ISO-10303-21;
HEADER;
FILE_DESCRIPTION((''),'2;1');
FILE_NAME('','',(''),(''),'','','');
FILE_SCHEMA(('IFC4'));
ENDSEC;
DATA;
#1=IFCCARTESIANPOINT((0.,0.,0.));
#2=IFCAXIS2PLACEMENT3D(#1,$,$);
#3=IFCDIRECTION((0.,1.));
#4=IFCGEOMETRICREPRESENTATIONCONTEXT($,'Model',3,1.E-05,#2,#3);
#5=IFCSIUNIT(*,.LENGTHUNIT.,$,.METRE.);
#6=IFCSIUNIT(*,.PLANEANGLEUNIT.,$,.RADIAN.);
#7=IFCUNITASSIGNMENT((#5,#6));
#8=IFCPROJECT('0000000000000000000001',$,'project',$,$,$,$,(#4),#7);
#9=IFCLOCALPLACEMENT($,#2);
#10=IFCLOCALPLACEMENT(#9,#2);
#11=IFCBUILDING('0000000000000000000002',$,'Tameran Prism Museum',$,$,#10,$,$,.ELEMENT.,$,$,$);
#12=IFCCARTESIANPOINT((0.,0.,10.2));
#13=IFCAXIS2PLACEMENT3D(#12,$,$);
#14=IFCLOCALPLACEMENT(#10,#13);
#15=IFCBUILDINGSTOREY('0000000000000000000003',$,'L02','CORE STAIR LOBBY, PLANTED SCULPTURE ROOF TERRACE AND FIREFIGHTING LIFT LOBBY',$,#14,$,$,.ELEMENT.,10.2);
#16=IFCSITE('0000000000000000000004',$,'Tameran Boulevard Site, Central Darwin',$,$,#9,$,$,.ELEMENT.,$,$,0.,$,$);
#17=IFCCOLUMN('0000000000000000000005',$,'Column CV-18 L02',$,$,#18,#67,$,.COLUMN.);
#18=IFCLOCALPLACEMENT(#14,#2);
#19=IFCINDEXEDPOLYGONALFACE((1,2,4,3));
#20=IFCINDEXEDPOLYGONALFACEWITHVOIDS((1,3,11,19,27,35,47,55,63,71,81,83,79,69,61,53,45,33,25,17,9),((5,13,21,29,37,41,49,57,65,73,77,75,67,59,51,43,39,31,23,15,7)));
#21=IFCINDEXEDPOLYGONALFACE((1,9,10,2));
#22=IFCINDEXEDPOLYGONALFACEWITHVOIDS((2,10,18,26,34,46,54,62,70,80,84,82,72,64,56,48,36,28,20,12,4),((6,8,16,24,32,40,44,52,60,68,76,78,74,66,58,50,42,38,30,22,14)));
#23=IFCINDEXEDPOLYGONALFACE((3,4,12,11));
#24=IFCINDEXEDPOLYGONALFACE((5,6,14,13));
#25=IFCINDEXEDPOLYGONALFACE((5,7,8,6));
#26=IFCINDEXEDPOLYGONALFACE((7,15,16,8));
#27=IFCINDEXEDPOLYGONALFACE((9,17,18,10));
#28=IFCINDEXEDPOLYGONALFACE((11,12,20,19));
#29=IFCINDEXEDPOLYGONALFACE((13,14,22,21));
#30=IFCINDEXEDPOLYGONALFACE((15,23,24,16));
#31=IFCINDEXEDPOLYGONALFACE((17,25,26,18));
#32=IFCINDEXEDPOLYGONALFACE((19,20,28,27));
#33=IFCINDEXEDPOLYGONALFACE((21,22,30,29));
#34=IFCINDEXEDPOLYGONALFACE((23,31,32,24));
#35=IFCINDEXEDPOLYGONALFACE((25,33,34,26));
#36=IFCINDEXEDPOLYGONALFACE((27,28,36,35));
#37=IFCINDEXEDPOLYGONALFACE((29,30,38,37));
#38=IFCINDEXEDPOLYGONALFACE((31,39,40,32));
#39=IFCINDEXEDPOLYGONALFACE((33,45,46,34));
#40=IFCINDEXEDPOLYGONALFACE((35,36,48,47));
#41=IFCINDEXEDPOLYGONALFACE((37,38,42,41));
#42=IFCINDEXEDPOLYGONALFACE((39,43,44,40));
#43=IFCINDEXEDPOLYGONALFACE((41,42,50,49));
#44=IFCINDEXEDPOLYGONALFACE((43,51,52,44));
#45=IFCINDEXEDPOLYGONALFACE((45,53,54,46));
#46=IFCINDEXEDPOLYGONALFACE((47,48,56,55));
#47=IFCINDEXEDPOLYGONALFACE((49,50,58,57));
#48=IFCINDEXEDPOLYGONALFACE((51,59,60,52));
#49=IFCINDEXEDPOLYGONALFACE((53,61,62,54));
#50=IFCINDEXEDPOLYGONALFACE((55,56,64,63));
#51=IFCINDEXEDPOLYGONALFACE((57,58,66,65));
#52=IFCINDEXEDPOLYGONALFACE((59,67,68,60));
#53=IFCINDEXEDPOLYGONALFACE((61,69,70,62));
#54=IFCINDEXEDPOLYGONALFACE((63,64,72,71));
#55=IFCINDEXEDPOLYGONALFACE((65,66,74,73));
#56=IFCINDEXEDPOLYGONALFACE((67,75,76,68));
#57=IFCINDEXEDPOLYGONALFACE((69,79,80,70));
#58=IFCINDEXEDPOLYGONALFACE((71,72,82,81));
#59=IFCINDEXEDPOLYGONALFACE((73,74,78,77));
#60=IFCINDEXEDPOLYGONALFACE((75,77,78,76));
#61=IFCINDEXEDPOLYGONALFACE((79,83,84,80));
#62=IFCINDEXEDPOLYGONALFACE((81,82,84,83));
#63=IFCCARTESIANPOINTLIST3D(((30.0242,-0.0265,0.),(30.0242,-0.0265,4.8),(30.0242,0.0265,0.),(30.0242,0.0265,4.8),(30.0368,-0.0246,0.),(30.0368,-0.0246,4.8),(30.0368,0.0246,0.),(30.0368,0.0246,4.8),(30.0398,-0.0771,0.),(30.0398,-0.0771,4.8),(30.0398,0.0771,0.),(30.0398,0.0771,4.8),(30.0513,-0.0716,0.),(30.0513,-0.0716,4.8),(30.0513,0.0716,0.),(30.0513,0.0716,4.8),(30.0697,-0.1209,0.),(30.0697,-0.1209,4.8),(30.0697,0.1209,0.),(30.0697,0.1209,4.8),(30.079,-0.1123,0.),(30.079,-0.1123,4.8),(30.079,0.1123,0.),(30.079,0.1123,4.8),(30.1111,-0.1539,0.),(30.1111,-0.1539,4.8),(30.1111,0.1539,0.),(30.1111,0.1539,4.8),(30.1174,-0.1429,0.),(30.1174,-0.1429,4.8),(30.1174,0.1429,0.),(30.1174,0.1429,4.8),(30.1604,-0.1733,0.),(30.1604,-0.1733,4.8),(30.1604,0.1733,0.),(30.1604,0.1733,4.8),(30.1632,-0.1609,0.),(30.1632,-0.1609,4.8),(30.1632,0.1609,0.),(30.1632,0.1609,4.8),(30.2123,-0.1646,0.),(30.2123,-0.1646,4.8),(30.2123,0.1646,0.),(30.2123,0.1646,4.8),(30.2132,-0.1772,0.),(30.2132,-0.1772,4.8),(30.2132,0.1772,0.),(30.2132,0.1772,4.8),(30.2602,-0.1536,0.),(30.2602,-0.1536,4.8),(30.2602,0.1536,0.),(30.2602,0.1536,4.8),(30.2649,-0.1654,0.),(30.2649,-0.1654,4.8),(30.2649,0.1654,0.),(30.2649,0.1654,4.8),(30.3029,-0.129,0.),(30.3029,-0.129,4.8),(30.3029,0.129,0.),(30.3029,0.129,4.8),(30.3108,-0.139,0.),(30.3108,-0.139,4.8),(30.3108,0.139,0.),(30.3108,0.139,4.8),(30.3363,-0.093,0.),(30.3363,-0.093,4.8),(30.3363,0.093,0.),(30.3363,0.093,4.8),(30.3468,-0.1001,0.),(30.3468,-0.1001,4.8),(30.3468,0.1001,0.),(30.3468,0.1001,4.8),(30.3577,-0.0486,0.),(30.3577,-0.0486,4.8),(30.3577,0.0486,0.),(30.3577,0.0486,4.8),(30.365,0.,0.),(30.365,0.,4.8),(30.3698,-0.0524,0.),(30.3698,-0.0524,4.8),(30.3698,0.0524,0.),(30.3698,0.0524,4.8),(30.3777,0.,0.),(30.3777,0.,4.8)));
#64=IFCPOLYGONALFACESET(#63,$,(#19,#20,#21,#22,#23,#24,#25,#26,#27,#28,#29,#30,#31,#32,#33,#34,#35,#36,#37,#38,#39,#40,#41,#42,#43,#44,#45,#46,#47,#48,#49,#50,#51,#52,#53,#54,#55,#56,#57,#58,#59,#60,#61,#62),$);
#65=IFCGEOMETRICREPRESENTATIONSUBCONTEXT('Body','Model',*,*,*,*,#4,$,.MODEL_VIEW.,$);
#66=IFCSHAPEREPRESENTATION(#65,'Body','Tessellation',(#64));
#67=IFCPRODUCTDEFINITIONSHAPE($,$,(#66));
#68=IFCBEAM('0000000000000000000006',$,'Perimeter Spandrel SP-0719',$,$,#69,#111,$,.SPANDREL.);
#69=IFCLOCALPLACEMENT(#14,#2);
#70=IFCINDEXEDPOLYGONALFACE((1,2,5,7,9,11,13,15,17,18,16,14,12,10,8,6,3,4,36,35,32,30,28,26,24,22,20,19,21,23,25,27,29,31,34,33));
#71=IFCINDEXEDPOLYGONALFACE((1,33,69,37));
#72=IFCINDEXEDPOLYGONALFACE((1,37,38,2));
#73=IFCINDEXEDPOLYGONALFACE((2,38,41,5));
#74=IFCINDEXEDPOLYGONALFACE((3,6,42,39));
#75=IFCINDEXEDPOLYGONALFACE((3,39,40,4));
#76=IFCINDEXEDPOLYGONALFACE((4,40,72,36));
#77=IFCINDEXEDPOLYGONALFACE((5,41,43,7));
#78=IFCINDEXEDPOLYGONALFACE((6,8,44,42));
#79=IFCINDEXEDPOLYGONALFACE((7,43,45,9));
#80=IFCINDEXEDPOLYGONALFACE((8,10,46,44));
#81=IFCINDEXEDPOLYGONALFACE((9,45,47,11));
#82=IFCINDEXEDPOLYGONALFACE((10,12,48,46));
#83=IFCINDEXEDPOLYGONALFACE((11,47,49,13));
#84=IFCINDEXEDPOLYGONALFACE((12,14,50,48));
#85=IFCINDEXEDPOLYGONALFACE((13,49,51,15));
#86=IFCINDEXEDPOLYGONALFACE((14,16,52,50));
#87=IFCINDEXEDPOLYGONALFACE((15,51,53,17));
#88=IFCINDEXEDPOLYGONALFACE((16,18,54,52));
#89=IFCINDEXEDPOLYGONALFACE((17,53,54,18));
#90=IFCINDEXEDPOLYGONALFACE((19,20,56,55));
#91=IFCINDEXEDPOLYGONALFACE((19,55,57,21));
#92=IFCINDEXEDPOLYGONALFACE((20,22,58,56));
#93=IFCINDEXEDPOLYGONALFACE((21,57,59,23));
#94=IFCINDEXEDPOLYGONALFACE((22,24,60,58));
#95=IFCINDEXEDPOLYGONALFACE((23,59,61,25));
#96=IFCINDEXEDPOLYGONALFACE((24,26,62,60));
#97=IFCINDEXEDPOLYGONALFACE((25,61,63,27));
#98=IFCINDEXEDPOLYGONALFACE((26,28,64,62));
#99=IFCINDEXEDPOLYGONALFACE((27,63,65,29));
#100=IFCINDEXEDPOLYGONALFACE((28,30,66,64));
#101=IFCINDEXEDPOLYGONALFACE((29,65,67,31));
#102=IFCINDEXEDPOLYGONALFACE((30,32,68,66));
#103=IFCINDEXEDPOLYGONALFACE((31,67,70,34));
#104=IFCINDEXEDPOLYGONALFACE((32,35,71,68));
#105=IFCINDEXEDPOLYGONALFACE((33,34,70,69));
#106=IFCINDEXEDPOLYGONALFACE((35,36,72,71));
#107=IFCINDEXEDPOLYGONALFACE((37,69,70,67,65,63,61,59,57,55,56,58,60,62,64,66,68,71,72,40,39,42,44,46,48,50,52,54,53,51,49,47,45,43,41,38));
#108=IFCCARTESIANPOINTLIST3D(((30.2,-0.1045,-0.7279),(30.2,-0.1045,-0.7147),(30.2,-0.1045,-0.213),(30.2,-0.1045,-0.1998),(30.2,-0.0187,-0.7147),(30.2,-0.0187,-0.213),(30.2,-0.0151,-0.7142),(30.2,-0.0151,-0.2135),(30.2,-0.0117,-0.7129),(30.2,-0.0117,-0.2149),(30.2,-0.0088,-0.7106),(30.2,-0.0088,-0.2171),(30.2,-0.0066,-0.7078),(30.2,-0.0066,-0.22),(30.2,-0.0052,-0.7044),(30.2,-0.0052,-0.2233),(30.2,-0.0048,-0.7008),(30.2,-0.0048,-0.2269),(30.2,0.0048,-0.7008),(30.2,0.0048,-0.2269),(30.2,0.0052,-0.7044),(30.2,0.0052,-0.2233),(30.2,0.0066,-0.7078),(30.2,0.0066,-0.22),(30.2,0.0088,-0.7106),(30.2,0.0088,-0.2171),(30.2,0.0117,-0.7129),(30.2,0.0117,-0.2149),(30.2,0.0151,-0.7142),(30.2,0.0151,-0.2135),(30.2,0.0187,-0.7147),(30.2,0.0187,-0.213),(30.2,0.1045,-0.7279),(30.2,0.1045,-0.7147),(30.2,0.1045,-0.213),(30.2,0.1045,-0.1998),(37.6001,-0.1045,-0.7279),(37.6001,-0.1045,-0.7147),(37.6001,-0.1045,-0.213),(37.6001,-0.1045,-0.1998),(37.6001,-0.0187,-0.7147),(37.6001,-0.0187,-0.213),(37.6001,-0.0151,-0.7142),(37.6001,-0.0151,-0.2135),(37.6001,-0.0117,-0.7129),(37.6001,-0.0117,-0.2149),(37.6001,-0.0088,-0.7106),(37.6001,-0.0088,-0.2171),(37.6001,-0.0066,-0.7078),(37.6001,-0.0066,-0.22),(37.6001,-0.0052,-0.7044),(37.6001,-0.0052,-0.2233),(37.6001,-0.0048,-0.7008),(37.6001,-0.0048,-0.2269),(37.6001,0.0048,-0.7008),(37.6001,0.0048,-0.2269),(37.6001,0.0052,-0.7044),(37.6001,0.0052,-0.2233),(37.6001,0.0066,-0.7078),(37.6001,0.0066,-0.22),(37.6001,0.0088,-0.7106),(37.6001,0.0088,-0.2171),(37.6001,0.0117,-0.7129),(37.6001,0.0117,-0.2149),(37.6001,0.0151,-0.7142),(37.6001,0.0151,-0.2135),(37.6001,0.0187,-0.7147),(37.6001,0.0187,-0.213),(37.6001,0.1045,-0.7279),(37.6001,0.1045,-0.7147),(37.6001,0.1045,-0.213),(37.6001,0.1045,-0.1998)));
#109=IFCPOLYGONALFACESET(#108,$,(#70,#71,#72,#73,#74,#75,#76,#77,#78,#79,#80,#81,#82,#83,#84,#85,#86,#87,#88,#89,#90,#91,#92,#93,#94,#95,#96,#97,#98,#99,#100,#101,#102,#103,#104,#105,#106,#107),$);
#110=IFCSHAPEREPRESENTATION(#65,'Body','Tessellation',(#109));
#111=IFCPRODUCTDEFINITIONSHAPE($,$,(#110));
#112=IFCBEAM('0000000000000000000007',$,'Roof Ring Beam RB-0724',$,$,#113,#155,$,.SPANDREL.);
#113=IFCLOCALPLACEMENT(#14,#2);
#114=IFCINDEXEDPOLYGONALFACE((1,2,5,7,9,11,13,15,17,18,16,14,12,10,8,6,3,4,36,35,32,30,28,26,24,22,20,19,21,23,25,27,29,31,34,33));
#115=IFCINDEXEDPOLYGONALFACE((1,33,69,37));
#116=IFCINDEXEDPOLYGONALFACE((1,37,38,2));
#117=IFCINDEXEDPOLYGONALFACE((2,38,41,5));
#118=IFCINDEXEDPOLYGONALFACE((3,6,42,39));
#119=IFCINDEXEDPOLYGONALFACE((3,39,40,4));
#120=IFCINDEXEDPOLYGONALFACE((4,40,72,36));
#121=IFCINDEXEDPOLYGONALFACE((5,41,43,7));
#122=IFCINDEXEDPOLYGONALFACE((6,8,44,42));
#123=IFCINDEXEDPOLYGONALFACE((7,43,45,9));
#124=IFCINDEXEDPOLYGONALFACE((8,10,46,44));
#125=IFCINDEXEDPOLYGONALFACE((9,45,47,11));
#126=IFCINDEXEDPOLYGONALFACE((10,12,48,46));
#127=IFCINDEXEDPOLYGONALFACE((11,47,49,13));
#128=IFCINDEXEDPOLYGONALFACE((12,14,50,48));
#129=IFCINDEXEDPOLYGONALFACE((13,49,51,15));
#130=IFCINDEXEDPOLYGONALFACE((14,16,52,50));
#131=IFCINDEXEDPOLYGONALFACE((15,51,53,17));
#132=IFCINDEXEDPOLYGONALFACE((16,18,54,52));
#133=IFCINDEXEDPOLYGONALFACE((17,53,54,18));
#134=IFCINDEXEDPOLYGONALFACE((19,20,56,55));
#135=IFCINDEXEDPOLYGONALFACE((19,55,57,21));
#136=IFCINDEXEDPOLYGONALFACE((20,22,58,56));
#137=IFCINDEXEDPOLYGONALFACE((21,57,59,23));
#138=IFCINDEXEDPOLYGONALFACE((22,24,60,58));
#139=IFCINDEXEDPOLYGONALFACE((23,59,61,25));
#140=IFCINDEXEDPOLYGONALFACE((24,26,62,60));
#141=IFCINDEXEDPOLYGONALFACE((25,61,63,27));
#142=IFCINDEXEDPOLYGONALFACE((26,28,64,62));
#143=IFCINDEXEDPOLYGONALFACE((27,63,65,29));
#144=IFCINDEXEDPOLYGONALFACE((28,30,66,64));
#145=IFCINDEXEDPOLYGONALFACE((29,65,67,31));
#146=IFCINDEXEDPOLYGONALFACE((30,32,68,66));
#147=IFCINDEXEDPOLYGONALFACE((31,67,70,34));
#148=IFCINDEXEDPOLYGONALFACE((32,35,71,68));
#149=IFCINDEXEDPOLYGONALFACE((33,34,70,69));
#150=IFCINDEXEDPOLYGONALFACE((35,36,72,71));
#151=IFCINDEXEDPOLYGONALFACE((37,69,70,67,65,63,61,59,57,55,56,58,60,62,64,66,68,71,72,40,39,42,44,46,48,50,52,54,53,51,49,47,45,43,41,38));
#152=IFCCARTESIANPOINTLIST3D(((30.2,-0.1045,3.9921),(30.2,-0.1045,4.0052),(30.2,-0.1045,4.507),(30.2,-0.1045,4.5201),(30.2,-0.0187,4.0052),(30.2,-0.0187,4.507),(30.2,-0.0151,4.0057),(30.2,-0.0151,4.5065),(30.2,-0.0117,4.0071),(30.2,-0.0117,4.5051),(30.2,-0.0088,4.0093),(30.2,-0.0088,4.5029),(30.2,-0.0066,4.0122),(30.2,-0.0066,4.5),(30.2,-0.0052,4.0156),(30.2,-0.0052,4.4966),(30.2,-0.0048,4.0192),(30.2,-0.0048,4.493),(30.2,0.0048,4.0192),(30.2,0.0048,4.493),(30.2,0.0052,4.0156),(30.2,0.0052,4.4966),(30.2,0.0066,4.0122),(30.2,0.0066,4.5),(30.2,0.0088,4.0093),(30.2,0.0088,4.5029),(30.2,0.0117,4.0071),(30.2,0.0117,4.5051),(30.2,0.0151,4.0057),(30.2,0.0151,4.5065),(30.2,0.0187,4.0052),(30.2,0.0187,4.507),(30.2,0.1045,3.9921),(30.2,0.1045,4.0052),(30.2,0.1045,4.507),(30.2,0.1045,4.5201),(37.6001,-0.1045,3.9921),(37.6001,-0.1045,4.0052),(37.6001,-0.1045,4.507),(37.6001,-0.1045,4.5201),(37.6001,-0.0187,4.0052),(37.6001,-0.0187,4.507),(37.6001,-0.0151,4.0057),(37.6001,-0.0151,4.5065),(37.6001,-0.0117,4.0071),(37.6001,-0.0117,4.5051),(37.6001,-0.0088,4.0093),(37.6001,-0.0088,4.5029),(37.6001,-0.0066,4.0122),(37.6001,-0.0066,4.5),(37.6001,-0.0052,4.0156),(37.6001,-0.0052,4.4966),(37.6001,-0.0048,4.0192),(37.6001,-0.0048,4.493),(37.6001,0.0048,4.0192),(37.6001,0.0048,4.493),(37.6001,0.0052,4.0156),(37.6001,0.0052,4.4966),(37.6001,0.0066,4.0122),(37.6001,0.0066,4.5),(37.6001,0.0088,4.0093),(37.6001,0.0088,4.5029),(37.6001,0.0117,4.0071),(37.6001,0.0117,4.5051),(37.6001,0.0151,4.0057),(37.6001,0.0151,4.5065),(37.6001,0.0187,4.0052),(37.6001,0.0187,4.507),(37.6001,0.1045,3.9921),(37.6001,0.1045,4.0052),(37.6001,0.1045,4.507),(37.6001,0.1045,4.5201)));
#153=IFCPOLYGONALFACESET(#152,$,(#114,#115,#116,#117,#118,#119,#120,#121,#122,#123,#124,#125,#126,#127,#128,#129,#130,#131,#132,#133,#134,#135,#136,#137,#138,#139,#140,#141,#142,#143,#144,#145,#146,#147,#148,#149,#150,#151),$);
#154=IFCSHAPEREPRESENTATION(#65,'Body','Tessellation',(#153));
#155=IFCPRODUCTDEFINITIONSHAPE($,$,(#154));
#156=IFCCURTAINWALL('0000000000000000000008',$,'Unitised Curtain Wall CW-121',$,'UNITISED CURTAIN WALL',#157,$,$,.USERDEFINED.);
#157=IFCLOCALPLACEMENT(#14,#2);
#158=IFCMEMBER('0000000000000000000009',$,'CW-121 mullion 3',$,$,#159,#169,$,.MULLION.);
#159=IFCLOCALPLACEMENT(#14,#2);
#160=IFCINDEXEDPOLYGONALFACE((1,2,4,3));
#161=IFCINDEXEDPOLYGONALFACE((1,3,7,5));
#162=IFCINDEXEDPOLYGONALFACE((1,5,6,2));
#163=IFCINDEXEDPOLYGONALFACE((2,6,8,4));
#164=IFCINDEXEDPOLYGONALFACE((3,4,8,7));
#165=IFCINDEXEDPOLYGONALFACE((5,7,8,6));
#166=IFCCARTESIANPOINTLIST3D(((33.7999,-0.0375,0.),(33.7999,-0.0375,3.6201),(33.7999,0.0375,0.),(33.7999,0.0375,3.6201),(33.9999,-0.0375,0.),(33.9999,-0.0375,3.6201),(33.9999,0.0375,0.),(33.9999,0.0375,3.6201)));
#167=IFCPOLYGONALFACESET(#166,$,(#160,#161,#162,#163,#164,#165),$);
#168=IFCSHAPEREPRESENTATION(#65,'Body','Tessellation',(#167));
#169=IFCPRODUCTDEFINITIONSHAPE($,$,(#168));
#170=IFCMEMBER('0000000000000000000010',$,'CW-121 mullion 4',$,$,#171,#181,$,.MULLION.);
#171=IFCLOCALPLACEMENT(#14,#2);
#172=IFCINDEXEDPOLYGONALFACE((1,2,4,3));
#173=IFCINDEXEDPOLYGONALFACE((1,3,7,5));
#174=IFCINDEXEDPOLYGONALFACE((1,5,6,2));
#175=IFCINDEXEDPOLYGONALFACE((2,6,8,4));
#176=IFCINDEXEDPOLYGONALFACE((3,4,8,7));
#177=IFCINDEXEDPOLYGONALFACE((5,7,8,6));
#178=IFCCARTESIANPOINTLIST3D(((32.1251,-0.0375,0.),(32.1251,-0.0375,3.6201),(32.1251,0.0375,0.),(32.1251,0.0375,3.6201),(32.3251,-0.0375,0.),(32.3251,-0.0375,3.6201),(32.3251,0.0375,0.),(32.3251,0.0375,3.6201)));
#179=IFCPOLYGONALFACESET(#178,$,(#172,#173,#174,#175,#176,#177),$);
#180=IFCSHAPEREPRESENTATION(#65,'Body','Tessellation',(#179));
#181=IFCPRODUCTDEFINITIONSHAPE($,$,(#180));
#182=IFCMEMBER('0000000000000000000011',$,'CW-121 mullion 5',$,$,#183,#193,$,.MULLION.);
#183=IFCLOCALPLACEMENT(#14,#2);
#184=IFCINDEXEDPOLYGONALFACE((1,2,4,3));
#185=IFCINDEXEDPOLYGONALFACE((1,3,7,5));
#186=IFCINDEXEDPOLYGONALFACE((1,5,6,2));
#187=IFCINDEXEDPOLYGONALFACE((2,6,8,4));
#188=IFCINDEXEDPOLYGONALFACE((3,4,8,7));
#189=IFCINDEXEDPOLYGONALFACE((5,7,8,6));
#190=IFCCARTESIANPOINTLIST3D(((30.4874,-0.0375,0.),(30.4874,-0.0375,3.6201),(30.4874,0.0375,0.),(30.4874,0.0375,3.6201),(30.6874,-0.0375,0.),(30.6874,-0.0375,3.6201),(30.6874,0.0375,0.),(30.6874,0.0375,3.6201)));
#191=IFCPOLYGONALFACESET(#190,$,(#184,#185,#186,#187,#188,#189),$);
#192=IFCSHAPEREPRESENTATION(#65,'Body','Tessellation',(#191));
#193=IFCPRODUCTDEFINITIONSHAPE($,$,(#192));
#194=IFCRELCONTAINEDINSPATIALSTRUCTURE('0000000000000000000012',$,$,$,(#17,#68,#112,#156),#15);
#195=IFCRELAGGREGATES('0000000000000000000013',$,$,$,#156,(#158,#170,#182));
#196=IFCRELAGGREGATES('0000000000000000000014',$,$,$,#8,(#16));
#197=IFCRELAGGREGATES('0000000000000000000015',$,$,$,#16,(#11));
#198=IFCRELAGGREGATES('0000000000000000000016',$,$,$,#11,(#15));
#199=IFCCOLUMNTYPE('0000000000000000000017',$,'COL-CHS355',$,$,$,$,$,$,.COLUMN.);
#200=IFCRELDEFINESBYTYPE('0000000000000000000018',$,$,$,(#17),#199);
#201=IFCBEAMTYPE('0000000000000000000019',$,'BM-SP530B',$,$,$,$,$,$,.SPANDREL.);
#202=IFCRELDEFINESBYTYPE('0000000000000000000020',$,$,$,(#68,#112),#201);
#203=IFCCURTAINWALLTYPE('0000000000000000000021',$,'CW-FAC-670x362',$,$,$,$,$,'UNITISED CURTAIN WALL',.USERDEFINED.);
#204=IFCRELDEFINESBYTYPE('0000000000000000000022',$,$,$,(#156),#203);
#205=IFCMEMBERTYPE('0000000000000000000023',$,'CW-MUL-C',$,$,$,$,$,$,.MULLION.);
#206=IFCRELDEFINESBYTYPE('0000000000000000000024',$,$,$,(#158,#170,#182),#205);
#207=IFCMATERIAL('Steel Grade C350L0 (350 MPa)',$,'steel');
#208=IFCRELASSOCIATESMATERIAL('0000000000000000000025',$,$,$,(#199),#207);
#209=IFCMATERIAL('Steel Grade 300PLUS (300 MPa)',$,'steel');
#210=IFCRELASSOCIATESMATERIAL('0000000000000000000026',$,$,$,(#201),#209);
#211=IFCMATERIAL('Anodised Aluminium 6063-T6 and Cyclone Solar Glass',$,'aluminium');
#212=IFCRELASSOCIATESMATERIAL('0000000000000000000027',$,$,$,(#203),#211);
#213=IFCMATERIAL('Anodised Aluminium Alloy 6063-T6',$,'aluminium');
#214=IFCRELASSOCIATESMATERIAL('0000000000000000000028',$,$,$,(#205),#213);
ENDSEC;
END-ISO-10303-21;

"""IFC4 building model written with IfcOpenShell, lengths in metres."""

from ifc_helpers import new_model, si_unit, direction, frame, origin, origin_2d, place, context, subcontext, project, spatial, rectangle, hollow_circle, i_section, extrude, material, material_profile, profile_set, type_object, element, aggregate, save


model = new_model("IFC4")

# Units and contexts
model_context = context("Model", 3, precision=1e-05, world=origin(), true_north=direction((0.0, 1.0)))
body_context = subcontext(model_context, "Body", "Model", "MODEL_VIEW")
ifc_project = project(units=[si_unit("LENGTHUNIT", "METRE"), si_unit("PLANEANGLEUNIT", "RADIAN")], contexts=[model_context])

# Site, building, storey
site_placement = place(None, origin())
site = spatial("IfcSite", under=ifc_project, at=site_placement, Name="Tameran Boulevard Site, Central Darwin", CompositionType="ELEMENT", RefElevation=0.0)
building_placement = place(site_placement, origin())
building = spatial("IfcBuilding", under=site, at=building_placement, Name="Tameran Prism Museum", CompositionType="ELEMENT")
storey_placement = place(building_placement, frame((0.0, 0.0, 10.2)))
storey = spatial("IfcBuildingStorey", under=building, at=storey_placement, Name="L02", Description="CORE STAIR LOBBY, PLANTED SCULPTURE ROOF TERRACE AND FIREFIGHTING LIFT LOBBY", CompositionType="ELEMENT", Elevation=10.2)

# Column
ifc_material_1 = material(Name="Steel Grade C350L0 (350 MPa)", Category="steel")
ifc_material_profile_1 = material_profile(ifc_material_1, hollow_circle(Radius=0.1777, WallThickness=0.0127, at=origin_2d()))
ifc_profile_set_1 = profile_set([ifc_material_profile_1])
column_type = type_object("IfcColumnType", Name="COL-CHS355", PredefinedType="COLUMN", material=ifc_profile_set_1)
column_placement = place(storey_placement, frame((30.2, 0.0, 0.0), z_axis=(0.0, 0.0, 1.0), x_axis=(1.0, 0.0, 0.0)))
element("IfcColumn", 1, at=column_placement, inside=storey, type_object=column_type, Name="Column CV-18 L02", PredefinedType="COLUMN", context=body_context, shape_type="SweptSolid", body=[
    extrude(hollow_circle(Radius=0.1777, WallThickness=0.0127, at=origin_2d()), origin(), (0.0, 0.0, 1.0), 4.8),
])

# Beams
ifc_material_2 = material(Name="Steel Grade 300PLUS (300 MPa)", Category="steel")
ifc_material_profile_2 = material_profile(ifc_material_2, i_section(OverallWidth=0.209, OverallDepth=0.5281, WebThickness=0.0095, FlangeThickness=0.0132, FilletRadius=0.0139, at=origin_2d()))
ifc_profile_set_2 = profile_set([ifc_material_profile_2])
beam_type = type_object("IfcBeamType", Name="BM-SP530B", PredefinedType="SPANDREL", material=ifc_profile_set_2)
for number, where, z_axis, x_axis, name in (
    (2, (30.2, 0.0, -0.4639), (1.0, 0.0, 0.0), (0.0, 1.0, 0.0), "Perimeter Spandrel SP-0719"),
    (3, (30.2, 0.0, 4.2561), (1.0, 0.0, 0.0), (0.0, 1.0, 0.0), "Roof Ring Beam RB-0724"),
):
    element("IfcBeam", number, at=place(storey_placement, frame(where, z_axis=z_axis, x_axis=x_axis)), inside=storey, type_object=beam_type, Name=name, PredefinedType="SPANDREL", context=body_context, shape_type="SweptSolid", body=[
        extrude(i_section(OverallWidth=0.209, OverallDepth=0.5281, WebThickness=0.0095, FlangeThickness=0.0132, FilletRadius=0.0139, at=origin_2d()), origin(), (0.0, 0.0, 1.0), 7.4001),
    ])

# Curtain wall, members
ifc_material_3 = material(Name="Anodised Aluminium 6063-T6 and Cyclone Solar Glass", Category="aluminium")
curtain_wall_type = type_object("IfcCurtainWallType", Name="CW-FAC-670x362", ElementType="UNITISED CURTAIN WALL", PredefinedType="USERDEFINED", material=ifc_material_3)
curtain_wall_placement = place(storey_placement, origin())
curtain_wall = element("IfcCurtainWall", 4, at=curtain_wall_placement, inside=storey, type_object=curtain_wall_type, Name="Unitised Curtain Wall CW-121", ObjectType="UNITISED CURTAIN WALL", PredefinedType="USERDEFINED")
ifc_material_4 = material(Name="Anodised Aluminium Alloy 6063-T6", Category="aluminium")
ifc_material_profile_3 = material_profile(ifc_material_4, rectangle(XDim=0.075, YDim=0.2, at=origin_2d()))
ifc_profile_set_3 = profile_set([ifc_material_profile_3])
member_type_1 = type_object("IfcMemberType", Name="CW-MUL-C", PredefinedType="MULLION", material=ifc_profile_set_3)
member_1_placement = place(storey_placement, frame((33.8999, 0.0, 0.0), z_axis=(0.0, 0.0, 1.0), x_axis=(0.0, -1.0, 0.0)))
member_1 = element("IfcMember", 5, at=member_1_placement, type_object=member_type_1, Name="CW-121 mullion 3", PredefinedType="MULLION", context=body_context, shape_type="SweptSolid", body=[
    extrude(rectangle(XDim=0.075, YDim=0.2, at=origin_2d()), origin(), (0.0, 0.0, 1.0), 3.6201),
])
member_2_placement = place(storey_placement, frame((32.2251, 0.0, 0.0), z_axis=(0.0, 0.0, 1.0), x_axis=(0.0, -1.0, 0.0)))
member_2 = element("IfcMember", 6, at=member_2_placement, type_object=member_type_1, Name="CW-121 mullion 4", PredefinedType="MULLION", context=body_context, shape_type="SweptSolid", body=[
    extrude(rectangle(XDim=0.075, YDim=0.2, at=origin_2d()), origin(), (0.0, 0.0, 1.0), 3.6201),
])
member_3_placement = place(storey_placement, frame((30.5874, 0.0, 0.0), z_axis=(0.0, 0.0, 1.0), x_axis=(0.0, -1.0, 0.0)))
member_3 = element("IfcMember", 7, at=member_3_placement, type_object=member_type_1, Name="CW-121 mullion 5", PredefinedType="MULLION", context=body_context, shape_type="SweptSolid", body=[
    extrude(rectangle(XDim=0.075, YDim=0.2, at=origin_2d()), origin(), (0.0, 0.0, 1.0), 3.6201),
])
aggregate(curtain_wall, [member_1, member_2, member_3])

save(model, "model.ifc")
